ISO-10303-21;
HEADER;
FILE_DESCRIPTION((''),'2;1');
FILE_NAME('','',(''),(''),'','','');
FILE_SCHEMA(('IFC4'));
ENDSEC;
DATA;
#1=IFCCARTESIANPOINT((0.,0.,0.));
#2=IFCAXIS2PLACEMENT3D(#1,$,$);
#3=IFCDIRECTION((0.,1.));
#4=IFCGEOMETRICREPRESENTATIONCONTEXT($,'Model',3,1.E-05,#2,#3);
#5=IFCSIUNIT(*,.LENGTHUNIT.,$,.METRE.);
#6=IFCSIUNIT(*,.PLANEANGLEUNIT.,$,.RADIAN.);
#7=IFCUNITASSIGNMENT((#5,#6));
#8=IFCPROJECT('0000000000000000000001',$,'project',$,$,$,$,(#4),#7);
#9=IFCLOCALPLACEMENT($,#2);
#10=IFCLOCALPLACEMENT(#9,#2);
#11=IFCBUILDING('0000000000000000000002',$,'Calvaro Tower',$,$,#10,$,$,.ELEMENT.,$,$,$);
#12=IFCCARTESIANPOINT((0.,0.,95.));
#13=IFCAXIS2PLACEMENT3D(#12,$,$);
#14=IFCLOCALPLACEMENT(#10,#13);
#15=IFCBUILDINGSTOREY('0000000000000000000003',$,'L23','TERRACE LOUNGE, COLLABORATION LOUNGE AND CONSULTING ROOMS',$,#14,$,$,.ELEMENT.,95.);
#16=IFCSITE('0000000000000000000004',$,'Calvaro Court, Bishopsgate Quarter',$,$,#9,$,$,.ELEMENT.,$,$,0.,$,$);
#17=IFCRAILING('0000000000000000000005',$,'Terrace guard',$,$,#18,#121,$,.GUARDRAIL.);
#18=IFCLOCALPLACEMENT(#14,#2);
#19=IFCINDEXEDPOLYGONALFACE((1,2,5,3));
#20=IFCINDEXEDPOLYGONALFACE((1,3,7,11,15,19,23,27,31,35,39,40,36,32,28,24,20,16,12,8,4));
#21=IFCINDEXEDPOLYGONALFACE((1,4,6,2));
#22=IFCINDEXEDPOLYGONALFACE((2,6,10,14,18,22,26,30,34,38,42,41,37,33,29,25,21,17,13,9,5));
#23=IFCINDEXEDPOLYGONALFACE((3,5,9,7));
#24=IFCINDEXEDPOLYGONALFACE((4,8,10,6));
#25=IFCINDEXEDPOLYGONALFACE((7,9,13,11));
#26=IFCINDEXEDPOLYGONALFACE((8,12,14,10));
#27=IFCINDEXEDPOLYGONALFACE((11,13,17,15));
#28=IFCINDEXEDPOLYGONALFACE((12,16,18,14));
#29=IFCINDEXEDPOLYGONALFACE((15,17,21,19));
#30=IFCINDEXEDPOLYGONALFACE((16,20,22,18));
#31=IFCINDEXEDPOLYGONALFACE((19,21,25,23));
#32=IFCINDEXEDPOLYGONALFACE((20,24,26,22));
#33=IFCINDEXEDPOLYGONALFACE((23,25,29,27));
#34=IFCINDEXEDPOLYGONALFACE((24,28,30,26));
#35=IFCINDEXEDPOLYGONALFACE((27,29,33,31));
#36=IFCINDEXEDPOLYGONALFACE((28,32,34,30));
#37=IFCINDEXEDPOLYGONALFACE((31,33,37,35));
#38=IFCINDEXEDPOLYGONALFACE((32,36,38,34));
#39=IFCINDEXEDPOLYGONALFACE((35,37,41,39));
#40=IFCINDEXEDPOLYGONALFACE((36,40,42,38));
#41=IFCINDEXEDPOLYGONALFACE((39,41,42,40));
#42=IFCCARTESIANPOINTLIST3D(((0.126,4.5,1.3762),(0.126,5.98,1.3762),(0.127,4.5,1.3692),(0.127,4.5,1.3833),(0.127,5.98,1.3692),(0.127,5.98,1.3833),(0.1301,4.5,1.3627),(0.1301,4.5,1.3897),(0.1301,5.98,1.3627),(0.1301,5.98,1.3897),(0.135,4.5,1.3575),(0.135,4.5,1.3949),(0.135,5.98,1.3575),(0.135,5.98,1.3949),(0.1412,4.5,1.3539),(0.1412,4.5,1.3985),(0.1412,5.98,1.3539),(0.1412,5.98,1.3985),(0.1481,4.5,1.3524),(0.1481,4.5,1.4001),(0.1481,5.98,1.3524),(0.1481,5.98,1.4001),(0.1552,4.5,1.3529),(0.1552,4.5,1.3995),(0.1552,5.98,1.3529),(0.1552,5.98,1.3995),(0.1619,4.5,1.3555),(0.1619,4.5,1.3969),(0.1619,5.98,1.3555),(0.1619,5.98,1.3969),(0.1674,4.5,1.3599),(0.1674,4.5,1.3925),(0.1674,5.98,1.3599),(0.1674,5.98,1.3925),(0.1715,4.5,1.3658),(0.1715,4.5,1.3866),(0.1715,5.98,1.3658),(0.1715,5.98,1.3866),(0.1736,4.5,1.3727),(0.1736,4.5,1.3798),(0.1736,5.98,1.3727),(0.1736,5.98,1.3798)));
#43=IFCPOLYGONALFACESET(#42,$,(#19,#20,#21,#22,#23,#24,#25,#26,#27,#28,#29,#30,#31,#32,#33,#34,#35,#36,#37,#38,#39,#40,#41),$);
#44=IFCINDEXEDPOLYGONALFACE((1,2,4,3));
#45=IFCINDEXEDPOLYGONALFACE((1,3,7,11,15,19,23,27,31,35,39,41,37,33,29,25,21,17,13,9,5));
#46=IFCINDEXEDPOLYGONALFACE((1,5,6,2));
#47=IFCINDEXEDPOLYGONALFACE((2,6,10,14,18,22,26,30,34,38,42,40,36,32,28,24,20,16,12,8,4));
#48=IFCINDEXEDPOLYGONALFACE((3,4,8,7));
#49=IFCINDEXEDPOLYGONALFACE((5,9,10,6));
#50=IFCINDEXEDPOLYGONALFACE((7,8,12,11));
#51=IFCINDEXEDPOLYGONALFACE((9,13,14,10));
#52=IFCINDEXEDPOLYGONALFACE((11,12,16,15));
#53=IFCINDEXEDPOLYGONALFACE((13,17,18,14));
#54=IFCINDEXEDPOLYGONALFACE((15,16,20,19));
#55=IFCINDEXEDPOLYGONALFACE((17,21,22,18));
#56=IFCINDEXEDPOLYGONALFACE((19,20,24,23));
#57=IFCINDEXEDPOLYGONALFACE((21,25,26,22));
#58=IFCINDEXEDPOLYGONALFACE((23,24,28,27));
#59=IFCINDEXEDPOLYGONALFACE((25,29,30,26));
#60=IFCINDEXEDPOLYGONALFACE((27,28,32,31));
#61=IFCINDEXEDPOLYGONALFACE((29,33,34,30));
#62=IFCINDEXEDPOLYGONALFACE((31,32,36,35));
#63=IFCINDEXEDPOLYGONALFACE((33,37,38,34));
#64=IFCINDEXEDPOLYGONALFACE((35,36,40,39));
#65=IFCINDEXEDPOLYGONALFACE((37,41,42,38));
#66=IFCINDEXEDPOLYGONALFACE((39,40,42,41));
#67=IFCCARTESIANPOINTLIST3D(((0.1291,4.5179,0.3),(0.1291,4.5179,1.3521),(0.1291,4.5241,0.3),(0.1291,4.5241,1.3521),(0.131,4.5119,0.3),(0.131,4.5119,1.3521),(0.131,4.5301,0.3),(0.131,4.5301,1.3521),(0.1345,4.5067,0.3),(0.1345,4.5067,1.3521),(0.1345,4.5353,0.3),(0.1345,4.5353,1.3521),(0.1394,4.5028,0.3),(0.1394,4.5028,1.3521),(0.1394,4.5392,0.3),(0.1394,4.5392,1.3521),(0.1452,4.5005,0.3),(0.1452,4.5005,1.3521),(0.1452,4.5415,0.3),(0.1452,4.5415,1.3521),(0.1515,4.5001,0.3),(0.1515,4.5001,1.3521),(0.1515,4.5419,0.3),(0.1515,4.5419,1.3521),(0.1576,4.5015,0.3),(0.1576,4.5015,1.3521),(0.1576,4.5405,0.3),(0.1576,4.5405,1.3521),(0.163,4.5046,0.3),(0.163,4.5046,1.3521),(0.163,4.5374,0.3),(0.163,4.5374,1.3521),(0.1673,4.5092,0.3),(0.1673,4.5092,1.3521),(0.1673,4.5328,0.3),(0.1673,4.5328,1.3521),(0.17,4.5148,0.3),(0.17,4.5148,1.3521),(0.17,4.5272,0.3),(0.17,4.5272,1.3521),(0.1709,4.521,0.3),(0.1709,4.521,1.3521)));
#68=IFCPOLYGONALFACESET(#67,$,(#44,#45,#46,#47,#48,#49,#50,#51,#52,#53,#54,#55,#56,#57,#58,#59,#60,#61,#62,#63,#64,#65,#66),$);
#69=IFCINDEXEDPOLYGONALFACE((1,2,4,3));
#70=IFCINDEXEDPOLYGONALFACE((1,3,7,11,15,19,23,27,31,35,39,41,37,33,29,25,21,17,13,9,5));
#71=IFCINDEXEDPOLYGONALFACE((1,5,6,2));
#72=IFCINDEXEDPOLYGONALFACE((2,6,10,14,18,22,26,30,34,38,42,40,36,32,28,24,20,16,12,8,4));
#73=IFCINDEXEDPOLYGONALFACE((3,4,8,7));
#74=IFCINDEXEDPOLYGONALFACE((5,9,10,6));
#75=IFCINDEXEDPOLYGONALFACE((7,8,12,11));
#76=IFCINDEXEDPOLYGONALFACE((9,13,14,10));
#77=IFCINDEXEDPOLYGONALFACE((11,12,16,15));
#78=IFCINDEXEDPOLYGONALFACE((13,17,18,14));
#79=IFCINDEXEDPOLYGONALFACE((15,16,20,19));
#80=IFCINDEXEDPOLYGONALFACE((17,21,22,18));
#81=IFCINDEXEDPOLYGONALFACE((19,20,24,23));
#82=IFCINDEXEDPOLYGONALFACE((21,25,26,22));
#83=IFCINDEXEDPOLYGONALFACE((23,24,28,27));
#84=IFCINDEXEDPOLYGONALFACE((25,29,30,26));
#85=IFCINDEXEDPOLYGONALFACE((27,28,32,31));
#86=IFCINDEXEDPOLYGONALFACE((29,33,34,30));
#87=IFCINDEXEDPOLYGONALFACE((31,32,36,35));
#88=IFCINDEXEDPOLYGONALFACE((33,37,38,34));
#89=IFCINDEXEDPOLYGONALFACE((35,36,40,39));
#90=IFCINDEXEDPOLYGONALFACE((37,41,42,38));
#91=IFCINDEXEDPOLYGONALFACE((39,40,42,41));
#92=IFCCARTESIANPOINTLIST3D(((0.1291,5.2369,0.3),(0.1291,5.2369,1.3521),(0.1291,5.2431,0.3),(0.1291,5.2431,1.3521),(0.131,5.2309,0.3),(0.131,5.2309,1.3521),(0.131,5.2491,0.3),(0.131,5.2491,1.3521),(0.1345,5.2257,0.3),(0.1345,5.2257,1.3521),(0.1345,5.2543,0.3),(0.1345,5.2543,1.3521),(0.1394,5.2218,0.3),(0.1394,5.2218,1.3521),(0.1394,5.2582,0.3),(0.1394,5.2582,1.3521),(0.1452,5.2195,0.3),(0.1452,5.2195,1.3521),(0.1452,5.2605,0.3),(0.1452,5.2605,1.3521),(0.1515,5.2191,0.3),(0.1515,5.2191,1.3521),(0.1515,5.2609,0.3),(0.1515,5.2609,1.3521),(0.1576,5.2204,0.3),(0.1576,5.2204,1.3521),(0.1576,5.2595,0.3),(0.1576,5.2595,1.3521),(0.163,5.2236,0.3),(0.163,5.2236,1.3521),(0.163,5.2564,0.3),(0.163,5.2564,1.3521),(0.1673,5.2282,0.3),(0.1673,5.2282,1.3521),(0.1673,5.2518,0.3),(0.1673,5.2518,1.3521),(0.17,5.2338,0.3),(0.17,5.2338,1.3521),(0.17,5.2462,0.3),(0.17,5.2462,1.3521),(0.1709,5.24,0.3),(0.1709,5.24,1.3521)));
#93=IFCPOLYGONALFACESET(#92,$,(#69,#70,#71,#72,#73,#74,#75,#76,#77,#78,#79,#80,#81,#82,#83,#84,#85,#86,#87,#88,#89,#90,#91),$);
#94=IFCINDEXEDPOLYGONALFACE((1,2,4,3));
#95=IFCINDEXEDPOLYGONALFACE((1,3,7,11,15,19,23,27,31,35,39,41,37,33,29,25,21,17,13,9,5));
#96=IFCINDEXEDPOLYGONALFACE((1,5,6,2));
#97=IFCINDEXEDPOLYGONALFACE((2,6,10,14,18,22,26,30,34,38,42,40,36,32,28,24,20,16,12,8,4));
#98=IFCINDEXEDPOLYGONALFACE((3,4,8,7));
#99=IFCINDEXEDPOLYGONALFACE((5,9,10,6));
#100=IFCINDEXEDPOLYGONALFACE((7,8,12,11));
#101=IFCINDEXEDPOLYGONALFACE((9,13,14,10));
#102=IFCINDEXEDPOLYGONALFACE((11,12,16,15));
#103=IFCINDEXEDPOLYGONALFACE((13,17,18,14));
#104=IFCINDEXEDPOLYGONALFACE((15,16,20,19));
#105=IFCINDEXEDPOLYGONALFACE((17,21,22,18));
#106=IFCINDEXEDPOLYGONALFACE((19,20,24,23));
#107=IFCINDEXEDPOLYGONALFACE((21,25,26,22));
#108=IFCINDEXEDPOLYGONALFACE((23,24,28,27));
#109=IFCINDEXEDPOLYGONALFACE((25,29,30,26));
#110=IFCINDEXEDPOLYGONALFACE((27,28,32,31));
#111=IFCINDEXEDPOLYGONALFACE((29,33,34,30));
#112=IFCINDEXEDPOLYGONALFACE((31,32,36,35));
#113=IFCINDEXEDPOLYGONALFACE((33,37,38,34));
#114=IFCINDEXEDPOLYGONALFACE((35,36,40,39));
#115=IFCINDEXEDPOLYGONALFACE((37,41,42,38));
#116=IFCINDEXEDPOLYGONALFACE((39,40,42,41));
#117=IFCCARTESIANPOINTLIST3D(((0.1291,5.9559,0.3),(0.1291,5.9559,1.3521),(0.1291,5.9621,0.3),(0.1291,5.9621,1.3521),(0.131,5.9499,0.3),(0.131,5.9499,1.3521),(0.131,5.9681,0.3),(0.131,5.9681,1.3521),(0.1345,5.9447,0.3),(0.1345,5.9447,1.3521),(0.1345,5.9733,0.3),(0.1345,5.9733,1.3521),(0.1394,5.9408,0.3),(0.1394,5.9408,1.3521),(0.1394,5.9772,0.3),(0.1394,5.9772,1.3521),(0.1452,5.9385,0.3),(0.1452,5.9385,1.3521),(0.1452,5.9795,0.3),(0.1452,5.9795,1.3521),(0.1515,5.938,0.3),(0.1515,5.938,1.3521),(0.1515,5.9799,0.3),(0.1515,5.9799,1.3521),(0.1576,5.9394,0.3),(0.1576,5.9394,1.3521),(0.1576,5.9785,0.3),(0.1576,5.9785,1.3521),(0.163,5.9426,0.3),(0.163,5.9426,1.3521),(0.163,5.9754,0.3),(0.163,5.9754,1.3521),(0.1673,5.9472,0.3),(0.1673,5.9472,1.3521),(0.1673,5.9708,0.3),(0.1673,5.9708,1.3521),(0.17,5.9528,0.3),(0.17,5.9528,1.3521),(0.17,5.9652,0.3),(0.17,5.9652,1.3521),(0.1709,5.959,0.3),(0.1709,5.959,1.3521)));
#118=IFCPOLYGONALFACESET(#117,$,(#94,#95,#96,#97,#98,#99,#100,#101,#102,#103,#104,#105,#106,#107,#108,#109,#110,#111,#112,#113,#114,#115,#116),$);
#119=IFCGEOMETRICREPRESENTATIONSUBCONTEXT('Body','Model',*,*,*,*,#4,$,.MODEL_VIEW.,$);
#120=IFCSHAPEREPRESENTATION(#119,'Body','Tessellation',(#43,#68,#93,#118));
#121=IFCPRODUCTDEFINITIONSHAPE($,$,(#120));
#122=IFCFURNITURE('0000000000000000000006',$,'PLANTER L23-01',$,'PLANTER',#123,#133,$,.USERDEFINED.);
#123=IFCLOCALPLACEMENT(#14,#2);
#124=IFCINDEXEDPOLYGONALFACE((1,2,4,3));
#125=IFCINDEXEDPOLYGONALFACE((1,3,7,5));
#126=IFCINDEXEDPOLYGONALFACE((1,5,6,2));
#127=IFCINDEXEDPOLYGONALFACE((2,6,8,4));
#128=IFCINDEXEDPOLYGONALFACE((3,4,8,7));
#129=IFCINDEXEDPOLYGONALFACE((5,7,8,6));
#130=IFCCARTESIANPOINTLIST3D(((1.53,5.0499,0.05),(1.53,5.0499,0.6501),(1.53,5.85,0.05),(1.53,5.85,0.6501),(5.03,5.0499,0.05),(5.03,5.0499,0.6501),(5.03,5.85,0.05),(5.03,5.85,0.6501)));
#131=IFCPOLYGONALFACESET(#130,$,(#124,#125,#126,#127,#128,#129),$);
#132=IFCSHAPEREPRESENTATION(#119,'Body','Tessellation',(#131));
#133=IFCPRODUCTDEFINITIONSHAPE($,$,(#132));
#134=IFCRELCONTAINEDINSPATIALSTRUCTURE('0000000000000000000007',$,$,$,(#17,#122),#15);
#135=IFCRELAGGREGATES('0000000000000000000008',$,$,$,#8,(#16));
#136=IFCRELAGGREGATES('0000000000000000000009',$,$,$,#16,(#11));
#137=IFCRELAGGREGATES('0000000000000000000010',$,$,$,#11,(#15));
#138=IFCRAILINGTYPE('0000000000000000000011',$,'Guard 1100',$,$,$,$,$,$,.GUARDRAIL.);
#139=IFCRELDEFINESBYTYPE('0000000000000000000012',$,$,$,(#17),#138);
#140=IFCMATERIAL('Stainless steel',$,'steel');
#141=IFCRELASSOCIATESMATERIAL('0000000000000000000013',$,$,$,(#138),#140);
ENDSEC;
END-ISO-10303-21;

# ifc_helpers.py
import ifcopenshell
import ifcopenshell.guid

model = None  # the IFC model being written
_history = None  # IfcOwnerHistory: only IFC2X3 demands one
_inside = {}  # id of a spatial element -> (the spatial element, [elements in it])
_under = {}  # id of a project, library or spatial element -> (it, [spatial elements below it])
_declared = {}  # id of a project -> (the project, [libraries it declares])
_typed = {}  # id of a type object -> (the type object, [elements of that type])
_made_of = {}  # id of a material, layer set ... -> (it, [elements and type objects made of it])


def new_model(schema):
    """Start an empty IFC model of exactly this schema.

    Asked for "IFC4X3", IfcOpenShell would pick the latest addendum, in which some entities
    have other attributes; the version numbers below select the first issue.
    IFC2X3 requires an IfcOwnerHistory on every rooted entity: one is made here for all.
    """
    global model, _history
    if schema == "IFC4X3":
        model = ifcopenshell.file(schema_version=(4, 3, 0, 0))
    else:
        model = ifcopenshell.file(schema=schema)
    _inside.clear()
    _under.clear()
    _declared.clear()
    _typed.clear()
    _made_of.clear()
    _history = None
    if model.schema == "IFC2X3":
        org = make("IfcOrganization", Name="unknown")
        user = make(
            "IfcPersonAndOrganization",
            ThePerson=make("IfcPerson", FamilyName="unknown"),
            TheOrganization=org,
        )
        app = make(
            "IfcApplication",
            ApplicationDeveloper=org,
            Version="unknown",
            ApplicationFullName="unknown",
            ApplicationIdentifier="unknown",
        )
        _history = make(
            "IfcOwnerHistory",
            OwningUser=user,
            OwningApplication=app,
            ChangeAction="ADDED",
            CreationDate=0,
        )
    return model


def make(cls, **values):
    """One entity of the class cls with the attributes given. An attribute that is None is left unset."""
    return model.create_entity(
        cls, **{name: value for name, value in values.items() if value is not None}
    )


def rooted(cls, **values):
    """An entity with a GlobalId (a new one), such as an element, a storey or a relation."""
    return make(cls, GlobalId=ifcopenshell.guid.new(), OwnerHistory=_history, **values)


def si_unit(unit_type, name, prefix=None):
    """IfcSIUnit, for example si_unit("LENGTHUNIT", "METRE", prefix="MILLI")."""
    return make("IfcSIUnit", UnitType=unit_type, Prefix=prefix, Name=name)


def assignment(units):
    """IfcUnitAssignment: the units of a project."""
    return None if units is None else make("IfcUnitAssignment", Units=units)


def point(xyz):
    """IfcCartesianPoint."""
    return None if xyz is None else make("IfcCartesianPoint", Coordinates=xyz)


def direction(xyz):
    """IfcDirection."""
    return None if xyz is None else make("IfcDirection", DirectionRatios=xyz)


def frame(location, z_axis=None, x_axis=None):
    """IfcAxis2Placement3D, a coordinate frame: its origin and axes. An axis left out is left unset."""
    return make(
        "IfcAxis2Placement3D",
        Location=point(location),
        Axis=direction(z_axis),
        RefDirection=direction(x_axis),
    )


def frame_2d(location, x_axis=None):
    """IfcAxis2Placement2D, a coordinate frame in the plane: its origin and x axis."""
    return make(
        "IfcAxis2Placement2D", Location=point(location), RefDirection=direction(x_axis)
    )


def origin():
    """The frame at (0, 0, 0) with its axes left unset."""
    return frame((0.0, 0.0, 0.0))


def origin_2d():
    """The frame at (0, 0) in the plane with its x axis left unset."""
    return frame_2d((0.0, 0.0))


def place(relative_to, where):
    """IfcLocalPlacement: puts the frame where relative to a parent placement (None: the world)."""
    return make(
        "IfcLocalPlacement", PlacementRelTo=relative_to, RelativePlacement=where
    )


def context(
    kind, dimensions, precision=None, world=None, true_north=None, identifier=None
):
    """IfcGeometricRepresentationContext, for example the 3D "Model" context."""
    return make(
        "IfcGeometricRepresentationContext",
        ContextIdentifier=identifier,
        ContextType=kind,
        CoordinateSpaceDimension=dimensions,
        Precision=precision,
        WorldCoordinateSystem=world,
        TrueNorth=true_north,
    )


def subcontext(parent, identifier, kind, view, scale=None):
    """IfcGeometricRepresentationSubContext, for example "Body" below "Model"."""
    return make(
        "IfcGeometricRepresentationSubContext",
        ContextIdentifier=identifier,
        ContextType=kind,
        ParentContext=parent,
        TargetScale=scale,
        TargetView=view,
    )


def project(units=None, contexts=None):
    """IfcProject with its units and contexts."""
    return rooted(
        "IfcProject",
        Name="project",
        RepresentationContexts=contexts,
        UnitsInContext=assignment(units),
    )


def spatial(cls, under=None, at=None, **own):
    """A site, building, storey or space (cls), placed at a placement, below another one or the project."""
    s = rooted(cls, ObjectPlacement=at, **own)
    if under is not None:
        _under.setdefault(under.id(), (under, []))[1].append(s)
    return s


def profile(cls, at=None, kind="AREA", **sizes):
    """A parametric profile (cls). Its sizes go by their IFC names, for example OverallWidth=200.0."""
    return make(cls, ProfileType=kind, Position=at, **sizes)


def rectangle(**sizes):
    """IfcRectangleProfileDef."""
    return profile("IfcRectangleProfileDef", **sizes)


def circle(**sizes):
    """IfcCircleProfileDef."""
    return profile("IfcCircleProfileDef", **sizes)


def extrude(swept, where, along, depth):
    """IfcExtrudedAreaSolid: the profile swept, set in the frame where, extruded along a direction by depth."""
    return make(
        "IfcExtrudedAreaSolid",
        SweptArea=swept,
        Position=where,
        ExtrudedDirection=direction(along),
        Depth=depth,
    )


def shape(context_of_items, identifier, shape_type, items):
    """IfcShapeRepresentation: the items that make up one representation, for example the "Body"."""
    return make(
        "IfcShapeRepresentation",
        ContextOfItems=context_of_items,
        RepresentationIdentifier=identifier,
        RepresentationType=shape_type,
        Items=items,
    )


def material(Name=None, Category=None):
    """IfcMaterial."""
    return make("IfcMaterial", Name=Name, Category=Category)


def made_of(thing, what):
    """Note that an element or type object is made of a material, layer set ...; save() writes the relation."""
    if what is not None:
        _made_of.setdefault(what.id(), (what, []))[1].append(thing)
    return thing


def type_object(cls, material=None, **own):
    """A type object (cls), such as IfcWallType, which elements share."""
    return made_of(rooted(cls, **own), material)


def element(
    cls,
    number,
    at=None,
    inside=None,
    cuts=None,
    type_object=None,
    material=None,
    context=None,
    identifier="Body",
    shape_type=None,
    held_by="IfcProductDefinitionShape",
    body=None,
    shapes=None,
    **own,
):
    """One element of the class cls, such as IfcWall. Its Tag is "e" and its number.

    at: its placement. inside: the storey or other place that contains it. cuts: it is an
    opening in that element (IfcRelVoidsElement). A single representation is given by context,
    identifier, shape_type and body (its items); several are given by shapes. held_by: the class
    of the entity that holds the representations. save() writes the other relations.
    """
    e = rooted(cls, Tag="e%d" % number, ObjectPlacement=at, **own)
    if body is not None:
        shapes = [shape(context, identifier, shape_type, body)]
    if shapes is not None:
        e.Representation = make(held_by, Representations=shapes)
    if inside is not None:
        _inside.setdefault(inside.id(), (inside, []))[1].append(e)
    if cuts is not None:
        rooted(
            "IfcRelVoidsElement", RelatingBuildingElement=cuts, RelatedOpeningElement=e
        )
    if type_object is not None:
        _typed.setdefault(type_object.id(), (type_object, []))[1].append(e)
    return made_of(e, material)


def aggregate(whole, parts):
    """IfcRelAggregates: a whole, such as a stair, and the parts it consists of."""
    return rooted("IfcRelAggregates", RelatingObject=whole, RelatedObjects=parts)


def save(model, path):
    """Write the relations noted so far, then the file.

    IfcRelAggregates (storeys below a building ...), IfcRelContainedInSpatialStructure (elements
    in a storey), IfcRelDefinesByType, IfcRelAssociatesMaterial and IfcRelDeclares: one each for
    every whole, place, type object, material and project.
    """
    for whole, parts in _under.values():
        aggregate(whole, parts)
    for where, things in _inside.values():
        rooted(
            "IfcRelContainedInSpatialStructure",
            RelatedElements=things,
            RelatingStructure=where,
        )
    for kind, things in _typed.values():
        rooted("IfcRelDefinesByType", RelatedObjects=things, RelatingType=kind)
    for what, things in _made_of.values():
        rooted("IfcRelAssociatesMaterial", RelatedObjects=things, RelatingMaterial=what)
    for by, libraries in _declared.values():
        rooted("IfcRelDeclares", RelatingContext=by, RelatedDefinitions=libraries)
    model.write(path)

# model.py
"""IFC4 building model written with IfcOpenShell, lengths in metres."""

from ifc_helpers import new_model, si_unit, direction, frame, origin, origin_2d, place, context, subcontext, project, spatial, rectangle, circle, extrude, material, type_object, element, save


model = new_model("IFC4")

# Units and contexts
model_context = context("Model", 3, precision=1e-05, world=origin(), true_north=direction((0.0, 1.0)))
body_context = subcontext(model_context, "Body", "Model", "MODEL_VIEW")
ifc_project = project(units=[si_unit("LENGTHUNIT", "METRE"), si_unit("PLANEANGLEUNIT", "RADIAN")], contexts=[model_context])

# Site, building, storey
site_placement = place(None, origin())
site = spatial("IfcSite", under=ifc_project, at=site_placement, Name="Calvaro Court, Bishopsgate Quarter", CompositionType="ELEMENT", RefElevation=0.0)
building_placement = place(site_placement, origin())
building = spatial("IfcBuilding", under=site, at=building_placement, Name="Calvaro Tower", CompositionType="ELEMENT")
storey_placement = place(building_placement, frame((0.0, 0.0, 95.0)))
storey = spatial("IfcBuildingStorey", under=building, at=storey_placement, Name="L23", Description="TERRACE LOUNGE, COLLABORATION LOUNGE AND CONSULTING ROOMS", CompositionType="ELEMENT", Elevation=95.0)

# Railing
ifc_material_1 = material(Name="Stainless steel", Category="steel")
railing_type = type_object("IfcRailingType", Name="Guard 1100", PredefinedType="GUARDRAIL", material=ifc_material_1)
railing_1_placement = place(storey_placement, frame((0.1499, 4.5, 0.3)))
element("IfcRailing", 1, at=railing_1_placement, inside=storey, type_object=railing_type, Name="Terrace guard", PredefinedType="GUARDRAIL", context=body_context, shape_type="SweptSolid", body=[
    extrude(circle(Radius=0.0239, at=origin_2d()), frame((0.0, 0.0, 1.0762), z_axis=(0.0, 1.0, 0.0), x_axis=(-1.0, 0.0, 0.0)), (0.0, 0.0, 1.0), 1.48),
    extrude(circle(Radius=0.021, at=origin_2d()), frame((0.0, 0.021, 0.0)), (0.0, 0.0, 1.0), 1.052),
    extrude(circle(Radius=0.021, at=origin_2d()), frame((0.0, 0.74, 0.0)), (0.0, 0.0, 1.0), 1.052),
    extrude(circle(Radius=0.021, at=origin_2d()), frame((0.0, 1.459, 0.0)), (0.0, 0.0, 1.0), 1.052),
])

# Furniture
furniture_placement = place(storey_placement, frame((3.28, 5.45, 0.05), z_axis=(0.0, 0.0, 1.0), x_axis=(1.0, 0.0, 0.0)))
element("IfcFurniture", 2, at=furniture_placement, inside=storey, Name="PLANTER L23-01", ObjectType="PLANTER", PredefinedType="USERDEFINED", context=body_context, shape_type="SweptSolid", body=[
    extrude(rectangle(XDim=3.5, YDim=0.8, at=origin_2d()), origin(), (0.0, 0.0, 1.0), 0.6001),
])

save(model, "model.ifc")
